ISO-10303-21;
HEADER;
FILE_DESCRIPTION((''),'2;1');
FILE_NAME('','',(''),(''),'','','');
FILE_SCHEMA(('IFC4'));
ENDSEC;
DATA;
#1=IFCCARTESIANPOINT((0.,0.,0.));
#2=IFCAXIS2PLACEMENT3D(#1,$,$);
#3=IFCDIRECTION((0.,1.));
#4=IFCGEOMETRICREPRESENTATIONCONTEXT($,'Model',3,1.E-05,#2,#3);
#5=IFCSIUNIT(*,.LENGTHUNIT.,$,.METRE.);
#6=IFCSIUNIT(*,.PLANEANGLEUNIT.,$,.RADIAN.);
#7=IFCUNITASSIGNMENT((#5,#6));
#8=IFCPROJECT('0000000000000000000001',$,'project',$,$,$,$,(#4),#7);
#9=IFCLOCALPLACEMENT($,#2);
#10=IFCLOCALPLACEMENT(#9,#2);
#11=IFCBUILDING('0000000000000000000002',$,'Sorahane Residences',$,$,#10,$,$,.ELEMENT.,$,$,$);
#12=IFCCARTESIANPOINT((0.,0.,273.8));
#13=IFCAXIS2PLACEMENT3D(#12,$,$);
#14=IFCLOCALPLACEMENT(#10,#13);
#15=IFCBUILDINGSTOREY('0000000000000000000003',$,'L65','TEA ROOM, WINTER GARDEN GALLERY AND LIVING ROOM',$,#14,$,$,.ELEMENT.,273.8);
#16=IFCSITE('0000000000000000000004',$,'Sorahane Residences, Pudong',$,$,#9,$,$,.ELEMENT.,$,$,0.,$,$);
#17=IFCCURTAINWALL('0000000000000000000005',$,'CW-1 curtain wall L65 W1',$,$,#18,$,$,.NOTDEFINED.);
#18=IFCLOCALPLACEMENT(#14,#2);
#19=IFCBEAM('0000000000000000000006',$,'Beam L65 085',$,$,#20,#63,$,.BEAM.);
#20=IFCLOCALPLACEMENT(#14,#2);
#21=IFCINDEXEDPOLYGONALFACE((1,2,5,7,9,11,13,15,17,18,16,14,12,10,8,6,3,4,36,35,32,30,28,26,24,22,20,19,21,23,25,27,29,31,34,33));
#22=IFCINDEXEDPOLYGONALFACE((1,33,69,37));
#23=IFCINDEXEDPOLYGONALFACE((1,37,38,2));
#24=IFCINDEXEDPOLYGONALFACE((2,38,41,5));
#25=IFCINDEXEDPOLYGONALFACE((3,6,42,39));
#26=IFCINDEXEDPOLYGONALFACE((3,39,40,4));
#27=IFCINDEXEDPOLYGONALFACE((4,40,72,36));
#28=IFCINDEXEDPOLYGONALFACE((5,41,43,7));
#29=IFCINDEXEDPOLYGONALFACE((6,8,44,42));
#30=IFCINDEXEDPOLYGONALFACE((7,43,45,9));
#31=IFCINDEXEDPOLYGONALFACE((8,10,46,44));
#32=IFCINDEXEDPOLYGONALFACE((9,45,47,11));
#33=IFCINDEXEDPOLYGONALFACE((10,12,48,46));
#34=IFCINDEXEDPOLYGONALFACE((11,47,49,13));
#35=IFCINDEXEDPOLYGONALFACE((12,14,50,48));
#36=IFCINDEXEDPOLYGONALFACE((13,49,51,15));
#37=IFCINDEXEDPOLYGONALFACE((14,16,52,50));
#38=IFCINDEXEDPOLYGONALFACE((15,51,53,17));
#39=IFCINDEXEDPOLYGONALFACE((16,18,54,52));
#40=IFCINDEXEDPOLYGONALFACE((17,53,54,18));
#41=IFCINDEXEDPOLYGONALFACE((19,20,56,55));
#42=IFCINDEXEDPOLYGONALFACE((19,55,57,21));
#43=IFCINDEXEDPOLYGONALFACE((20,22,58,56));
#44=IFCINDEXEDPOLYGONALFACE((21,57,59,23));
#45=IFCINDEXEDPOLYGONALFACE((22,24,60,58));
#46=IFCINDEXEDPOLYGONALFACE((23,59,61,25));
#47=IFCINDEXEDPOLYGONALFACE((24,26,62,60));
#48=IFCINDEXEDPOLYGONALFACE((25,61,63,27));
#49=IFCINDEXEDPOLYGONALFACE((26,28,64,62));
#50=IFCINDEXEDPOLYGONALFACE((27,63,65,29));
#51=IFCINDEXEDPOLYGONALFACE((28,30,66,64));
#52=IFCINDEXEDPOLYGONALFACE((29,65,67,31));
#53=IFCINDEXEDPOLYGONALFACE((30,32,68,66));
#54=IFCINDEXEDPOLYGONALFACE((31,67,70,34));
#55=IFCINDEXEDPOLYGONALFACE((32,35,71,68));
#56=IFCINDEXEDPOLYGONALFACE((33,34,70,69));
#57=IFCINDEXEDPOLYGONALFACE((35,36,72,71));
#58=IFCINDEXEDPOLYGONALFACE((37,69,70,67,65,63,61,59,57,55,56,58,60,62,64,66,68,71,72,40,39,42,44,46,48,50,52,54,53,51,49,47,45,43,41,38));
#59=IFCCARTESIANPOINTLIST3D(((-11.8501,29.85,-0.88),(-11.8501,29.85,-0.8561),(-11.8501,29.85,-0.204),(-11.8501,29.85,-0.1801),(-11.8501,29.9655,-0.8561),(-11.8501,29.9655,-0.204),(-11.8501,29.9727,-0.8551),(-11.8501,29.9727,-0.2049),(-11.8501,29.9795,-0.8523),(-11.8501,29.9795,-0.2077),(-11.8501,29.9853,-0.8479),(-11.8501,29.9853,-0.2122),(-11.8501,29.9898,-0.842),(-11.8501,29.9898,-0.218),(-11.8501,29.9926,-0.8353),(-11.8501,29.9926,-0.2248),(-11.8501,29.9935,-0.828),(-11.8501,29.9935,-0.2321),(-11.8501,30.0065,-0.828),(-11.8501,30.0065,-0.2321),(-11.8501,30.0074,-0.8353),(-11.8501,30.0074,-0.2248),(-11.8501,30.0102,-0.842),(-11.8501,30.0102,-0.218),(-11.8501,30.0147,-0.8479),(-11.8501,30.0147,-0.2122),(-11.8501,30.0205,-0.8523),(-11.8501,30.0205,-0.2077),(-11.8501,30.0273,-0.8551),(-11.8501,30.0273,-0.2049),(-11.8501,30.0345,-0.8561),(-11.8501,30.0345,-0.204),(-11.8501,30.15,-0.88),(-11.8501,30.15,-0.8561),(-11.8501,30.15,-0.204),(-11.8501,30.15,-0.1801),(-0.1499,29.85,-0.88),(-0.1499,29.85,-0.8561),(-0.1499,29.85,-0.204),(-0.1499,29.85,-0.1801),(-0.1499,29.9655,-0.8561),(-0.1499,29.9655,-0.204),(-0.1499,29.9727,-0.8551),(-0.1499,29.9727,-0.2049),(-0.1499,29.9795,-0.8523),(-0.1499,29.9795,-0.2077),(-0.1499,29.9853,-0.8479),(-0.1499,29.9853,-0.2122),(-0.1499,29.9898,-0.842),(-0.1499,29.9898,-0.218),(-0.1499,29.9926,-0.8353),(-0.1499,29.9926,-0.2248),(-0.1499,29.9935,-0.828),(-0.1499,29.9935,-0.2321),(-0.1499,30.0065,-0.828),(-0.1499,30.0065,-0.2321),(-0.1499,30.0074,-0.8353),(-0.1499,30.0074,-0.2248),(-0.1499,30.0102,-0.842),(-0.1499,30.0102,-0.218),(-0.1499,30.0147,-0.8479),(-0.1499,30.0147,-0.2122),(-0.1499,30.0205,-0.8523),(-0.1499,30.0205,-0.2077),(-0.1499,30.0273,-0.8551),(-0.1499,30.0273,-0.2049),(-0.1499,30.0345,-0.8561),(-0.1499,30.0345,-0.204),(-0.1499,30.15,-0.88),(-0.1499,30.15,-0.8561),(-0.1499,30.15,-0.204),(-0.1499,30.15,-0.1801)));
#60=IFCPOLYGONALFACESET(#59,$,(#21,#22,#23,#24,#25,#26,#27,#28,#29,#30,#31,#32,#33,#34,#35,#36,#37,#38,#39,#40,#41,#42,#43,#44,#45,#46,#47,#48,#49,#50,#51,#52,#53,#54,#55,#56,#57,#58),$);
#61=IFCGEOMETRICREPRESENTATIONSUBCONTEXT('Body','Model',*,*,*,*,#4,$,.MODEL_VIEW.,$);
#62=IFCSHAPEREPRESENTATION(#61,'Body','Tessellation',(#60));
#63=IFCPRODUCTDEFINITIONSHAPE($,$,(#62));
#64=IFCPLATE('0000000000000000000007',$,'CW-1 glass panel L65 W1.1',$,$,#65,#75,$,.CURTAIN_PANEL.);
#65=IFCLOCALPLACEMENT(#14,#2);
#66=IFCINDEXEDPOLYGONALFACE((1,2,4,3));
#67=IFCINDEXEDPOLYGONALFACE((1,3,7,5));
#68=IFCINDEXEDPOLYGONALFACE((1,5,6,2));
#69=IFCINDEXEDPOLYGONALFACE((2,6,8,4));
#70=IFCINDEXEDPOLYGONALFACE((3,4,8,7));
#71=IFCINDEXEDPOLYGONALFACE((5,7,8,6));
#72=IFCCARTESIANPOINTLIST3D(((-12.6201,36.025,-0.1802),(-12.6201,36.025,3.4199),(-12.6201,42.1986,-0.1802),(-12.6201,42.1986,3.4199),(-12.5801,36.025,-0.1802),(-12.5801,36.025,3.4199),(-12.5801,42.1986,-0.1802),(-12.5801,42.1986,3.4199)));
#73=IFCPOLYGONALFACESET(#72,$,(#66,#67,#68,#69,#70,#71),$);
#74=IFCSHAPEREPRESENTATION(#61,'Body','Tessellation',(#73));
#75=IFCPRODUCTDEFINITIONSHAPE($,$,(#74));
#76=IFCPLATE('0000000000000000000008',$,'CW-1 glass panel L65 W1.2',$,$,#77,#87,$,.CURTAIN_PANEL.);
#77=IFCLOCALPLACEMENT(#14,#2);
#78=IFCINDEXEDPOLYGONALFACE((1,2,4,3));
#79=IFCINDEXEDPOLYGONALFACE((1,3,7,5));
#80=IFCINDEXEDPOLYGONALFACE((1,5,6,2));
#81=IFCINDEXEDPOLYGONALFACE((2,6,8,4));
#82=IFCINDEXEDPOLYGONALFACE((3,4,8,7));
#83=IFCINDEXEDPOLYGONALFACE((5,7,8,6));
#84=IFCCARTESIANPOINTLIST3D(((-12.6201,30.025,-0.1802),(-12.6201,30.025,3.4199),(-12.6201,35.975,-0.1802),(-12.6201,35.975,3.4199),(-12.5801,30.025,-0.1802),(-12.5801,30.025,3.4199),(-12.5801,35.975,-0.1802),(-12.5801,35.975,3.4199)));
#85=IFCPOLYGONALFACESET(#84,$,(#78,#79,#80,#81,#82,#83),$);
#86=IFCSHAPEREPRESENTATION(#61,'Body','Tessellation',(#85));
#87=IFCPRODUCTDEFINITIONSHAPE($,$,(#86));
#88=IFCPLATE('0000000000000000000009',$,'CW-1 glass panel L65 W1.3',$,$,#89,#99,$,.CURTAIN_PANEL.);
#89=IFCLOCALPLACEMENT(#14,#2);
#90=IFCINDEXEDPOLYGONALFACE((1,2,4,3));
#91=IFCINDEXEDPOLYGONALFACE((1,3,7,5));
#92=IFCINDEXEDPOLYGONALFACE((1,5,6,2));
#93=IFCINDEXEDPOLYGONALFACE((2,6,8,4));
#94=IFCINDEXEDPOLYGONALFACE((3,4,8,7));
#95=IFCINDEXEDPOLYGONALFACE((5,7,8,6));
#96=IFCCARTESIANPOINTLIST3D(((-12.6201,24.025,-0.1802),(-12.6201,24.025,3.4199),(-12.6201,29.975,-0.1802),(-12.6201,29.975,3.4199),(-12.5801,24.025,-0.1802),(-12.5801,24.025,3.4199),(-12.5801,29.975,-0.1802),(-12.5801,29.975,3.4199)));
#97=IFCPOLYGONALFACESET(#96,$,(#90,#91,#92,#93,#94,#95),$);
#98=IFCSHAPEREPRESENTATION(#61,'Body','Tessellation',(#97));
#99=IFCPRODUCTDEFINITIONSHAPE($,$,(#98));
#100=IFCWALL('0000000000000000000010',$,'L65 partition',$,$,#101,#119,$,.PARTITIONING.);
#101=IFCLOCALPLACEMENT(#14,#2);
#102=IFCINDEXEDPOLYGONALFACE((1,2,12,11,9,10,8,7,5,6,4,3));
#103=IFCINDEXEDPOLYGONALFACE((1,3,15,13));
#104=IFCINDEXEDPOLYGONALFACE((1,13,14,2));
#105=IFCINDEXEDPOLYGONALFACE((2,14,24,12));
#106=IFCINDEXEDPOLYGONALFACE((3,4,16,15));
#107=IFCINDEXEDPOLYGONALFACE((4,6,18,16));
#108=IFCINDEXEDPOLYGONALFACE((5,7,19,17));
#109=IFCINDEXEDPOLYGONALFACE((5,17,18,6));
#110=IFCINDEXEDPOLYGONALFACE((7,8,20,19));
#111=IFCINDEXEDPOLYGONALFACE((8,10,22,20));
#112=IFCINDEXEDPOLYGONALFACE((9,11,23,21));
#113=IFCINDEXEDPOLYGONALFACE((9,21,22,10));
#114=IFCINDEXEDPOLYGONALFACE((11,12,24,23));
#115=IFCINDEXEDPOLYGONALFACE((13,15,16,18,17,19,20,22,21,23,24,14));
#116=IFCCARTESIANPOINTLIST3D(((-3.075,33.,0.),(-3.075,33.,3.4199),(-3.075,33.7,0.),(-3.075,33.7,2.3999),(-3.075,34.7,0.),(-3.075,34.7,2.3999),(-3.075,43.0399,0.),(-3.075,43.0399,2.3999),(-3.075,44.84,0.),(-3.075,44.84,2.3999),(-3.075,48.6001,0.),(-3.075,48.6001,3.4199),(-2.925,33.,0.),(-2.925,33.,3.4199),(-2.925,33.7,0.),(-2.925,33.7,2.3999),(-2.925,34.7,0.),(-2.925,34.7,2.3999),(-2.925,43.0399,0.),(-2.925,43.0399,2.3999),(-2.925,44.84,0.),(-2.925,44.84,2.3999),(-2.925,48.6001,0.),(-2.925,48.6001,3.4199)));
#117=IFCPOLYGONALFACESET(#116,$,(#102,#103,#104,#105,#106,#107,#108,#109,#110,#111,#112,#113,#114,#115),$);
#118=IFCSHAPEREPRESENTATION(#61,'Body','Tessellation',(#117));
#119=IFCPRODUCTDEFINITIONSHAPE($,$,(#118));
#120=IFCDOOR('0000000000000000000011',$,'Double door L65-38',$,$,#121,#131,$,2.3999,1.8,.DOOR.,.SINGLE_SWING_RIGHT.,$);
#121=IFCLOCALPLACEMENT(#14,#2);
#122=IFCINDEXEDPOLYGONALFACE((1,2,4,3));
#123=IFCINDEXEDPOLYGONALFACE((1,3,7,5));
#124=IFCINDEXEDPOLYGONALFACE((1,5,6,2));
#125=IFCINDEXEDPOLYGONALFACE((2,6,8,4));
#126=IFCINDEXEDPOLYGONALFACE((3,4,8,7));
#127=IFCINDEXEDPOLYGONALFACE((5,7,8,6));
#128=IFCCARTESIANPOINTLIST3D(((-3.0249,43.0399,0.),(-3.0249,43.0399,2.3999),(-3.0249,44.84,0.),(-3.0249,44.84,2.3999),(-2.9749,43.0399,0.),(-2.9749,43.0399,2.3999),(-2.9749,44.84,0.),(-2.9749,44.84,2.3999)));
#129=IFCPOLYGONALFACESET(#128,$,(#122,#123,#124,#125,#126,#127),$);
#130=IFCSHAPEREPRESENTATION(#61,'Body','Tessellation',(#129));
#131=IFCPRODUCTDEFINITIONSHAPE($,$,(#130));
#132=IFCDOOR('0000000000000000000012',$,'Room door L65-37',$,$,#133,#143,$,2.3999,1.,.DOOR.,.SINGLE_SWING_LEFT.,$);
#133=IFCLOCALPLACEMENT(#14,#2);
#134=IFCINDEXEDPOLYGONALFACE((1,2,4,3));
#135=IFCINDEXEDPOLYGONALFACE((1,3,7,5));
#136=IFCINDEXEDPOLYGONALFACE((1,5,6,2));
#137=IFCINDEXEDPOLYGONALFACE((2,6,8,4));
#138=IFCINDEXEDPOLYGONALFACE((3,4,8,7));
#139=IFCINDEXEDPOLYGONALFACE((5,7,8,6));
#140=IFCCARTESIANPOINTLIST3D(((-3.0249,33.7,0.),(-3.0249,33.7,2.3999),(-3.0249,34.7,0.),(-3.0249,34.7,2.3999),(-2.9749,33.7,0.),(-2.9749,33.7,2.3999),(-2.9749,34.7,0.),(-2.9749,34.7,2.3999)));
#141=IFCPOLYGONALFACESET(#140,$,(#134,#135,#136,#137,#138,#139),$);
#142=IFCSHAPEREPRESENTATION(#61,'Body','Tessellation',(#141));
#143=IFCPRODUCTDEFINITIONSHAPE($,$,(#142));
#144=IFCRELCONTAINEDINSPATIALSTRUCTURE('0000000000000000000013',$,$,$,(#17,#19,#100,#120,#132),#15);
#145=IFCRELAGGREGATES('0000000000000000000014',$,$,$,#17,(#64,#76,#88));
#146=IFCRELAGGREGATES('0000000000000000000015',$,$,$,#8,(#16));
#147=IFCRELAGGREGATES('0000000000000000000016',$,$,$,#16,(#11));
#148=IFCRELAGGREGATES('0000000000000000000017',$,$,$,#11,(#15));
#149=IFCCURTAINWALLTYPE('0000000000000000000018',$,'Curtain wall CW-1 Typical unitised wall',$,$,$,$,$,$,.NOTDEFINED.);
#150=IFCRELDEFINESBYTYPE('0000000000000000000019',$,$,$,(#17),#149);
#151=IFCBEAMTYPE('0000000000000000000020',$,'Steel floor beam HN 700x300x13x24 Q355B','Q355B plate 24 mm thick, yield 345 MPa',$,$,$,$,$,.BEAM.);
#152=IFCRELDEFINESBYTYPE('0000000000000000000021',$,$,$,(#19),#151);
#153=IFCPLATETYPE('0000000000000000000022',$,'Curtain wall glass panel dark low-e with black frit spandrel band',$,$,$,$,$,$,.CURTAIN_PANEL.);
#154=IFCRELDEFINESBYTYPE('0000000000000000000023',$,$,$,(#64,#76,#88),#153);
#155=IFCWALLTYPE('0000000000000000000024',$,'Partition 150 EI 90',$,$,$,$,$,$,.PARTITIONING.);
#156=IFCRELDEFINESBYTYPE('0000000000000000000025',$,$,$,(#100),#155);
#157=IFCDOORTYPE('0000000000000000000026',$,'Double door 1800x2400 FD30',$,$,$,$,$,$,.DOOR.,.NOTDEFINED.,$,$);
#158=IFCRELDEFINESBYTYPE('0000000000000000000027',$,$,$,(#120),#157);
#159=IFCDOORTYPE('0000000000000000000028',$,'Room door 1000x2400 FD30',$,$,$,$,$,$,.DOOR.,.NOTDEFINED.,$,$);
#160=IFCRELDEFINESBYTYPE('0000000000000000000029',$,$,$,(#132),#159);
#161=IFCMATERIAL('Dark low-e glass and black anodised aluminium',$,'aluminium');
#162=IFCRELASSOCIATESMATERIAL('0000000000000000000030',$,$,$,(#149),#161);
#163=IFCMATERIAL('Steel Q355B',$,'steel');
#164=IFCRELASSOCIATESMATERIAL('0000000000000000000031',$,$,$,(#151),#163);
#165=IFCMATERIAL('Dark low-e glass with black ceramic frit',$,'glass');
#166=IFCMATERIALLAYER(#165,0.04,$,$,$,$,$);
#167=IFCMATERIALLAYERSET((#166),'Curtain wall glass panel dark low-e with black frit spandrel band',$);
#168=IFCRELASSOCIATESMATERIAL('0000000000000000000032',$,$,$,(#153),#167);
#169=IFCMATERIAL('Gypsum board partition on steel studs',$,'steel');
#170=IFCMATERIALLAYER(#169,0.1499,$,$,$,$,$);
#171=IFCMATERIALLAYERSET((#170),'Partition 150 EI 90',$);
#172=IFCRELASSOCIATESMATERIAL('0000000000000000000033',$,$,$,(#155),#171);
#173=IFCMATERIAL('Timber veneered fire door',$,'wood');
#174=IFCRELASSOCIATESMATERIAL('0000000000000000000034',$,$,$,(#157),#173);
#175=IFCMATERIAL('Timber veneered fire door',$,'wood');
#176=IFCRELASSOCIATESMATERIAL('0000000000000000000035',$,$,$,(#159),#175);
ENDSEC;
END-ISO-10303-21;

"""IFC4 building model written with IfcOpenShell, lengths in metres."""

from ifc_helpers import new_model, si_unit, direction, frame, frame_2d, origin, origin_2d, place, context, subcontext, project, spatial, rectangle, i_section, extrude, material, layer, layer_set, material_profile, profile_set, type_object, element, fill, aggregate, save


model = new_model("IFC4")

# Units and contexts
model_context = context("Model", 3, precision=1e-05, world=origin(), true_north=direction((0.0, 1.0)))
body_context = subcontext(model_context, "Body", "Model", "MODEL_VIEW")
ifc_project = project(units=[si_unit("LENGTHUNIT", "METRE"), si_unit("PLANEANGLEUNIT", "RADIAN")], contexts=[model_context])

# Site, building, storey
site_placement = place(None, origin())
site = spatial("IfcSite", under=ifc_project, at=site_placement, Name="Sorahane Residences, Pudong", CompositionType="ELEMENT", RefElevation=0.0)
building_placement = place(site_placement, origin())
building = spatial("IfcBuilding", under=site, at=building_placement, Name="Sorahane Residences", CompositionType="ELEMENT")
storey_placement = place(building_placement, frame((0.0, 0.0, 273.8)))
storey = spatial("IfcBuildingStorey", under=building, at=storey_placement, Name="L65", Description="TEA ROOM, WINTER GARDEN GALLERY AND LIVING ROOM", CompositionType="ELEMENT", Elevation=273.8)

# Curtain wall
ifc_material_1 = material(Name="Dark low-e glass and black anodised aluminium", Category="aluminium")
curtain_wall_type = type_object("IfcCurtainWallType", Name="Curtain wall CW-1 Typical unitised wall", PredefinedType="NOTDEFINED", material=ifc_material_1)
curtain_wall_placement = place(storey_placement, origin())
curtain_wall = element("IfcCurtainWall", 1, at=curtain_wall_placement, inside=storey, type_object=curtain_wall_type, Name="CW-1 curtain wall L65 W1", PredefinedType="NOTDEFINED")

# Beam
ifc_material_2 = material(Name="Steel Q355B", Category="steel")
ifc_material_profile_1 = material_profile(ifc_material_2, i_section(OverallWidth=0.3, OverallDepth=0.7, WebThickness=0.0129, FlangeThickness=0.0239, FilletRadius=0.0281, at=origin_2d()), Name="HN 700x300x13x24")
ifc_profile_set_1 = profile_set([ifc_material_profile_1], Name="Steel Q355B")
beam_type_1 = type_object("IfcBeamType", Name="Steel floor beam HN 700x300x13x24 Q355B", Description="Q355B plate 24 mm thick, yield 345 MPa", PredefinedType="BEAM", material=ifc_profile_set_1)
beam_1_placement = place(storey_placement, frame((-11.8501, 30.0, -0.53), z_axis=(1.0, 0.0, 0.0), x_axis=(0.0, 1.0, 0.0)))
element("IfcBeam", 2, at=beam_1_placement, inside=storey, type_object=beam_type_1, Name="Beam L65 085", PredefinedType="BEAM", context=body_context, shape_type="SweptSolid", body=[
    extrude(i_section(OverallWidth=0.3, OverallDepth=0.7, WebThickness=0.0129, FlangeThickness=0.0239, FilletRadius=0.0281, at=origin_2d()), origin(), (0.0, 0.0, 1.0), 11.7002),
])

# Plates
ifc_material_3 = material(Name="Dark low-e glass with black ceramic frit", Category="glass")
ifc_layer_1 = layer(ifc_material_3, 0.04)
ifc_layer_set_1 = layer_set([ifc_layer_1], Name="Curtain wall glass panel dark low-e with black frit spandrel band")
plate_type = type_object("IfcPlateType", Name="Curtain wall glass panel dark low-e with black frit spandrel band", PredefinedType="CURTAIN_PANEL", material=ifc_layer_set_1)
plate_1_placement = place(storey_placement, frame((-12.6001, 39.1118, -0.1802), z_axis=(0.0, 0.0, 1.0), x_axis=(0.0, -1.0, 0.0)))
plate_1 = element("IfcPlate", 3, at=plate_1_placement, type_object=plate_type, Name="CW-1 glass panel L65 W1.1", PredefinedType="CURTAIN_PANEL", context=body_context, shape_type="SweptSolid", body=[
    extrude(rectangle(XDim=6.1736, YDim=0.04, at=origin_2d()), origin(), (0.0, 0.0, 1.0), 3.6001),
])
plate_2_placement = place(storey_placement, frame((-12.6001, 33.0, -0.1802), z_axis=(0.0, 0.0, 1.0), x_axis=(0.0, -1.0, 0.0)))
plate_2 = element("IfcPlate", 4, at=plate_2_placement, type_object=plate_type, Name="CW-1 glass panel L65 W1.2", PredefinedType="CURTAIN_PANEL", context=body_context, shape_type="SweptSolid", body=[
    extrude(rectangle(XDim=5.95, YDim=0.04, at=origin_2d()), origin(), (0.0, 0.0, 1.0), 3.6001),
])
plate_3_placement = place(storey_placement, frame((-12.6001, 27.0, -0.1802), z_axis=(0.0, 0.0, 1.0), x_axis=(0.0, -1.0, 0.0)))
plate_3 = element("IfcPlate", 5, at=plate_3_placement, type_object=plate_type, Name="CW-1 glass panel L65 W1.3", PredefinedType="CURTAIN_PANEL", context=body_context, shape_type="SweptSolid", body=[
    extrude(rectangle(XDim=5.95, YDim=0.04, at=origin_2d()), origin(), (0.0, 0.0, 1.0), 3.6001),
])
aggregate(curtain_wall, [plate_1, plate_2, plate_3])

# Wall, openings, doors
ifc_material_4 = material(Name="Gypsum board partition on steel studs", Category="steel")
ifc_layer_2 = layer(ifc_material_4, 0.1499)
ifc_layer_set_2 = layer_set([ifc_layer_2], Name="Partition 150 EI 90")
wall_type_1 = type_object("IfcWallType", Name="Partition 150 EI 90", PredefinedType="PARTITIONING", material=ifc_layer_set_2)
wall_1_placement = place(storey_placement, frame((-3.0, 33.0, 0.0), z_axis=(0.0, 0.0, 1.0), x_axis=(0.0, 1.0, 0.0)))
wall_1 = element("IfcWall", 6, at=wall_1_placement, inside=storey, type_object=wall_type_1, Name="L65 partition", PredefinedType="PARTITIONING", context=body_context, shape_type="SweptSolid", body=[
    extrude(rectangle(XDim=15.6001, YDim=0.1499, at=frame_2d((7.8, 0.0))), origin(), (0.0, 0.0, 1.0), 3.4199),
])
opening_1_placement = place(wall_1_placement, frame((0.7, 0.0, 0.0)))
opening_1 = element("IfcOpeningElement", 7, at=opening_1_placement, cuts=wall_1, PredefinedType="OPENING", context=body_context, shape_type="SweptSolid", body=[
    extrude(rectangle(XDim=1.0, YDim=2.3999, at=frame_2d((0.5, 1.2))), frame((0.0, 0.085, 0.0), z_axis=(0.0, -1.0, 0.0), x_axis=(1.0, 0.0, 0.0)), (0.0, 0.0, 1.0), 0.1699),
])
opening_2_placement = place(wall_1_placement, frame((10.04, 0.0, 0.0)))
opening_2 = element("IfcOpeningElement", 8, at=opening_2_placement, cuts=wall_1, PredefinedType="OPENING", context=body_context, shape_type="SweptSolid", body=[
    extrude(rectangle(XDim=1.8, YDim=2.3999, at=frame_2d((0.8999, 1.2))), frame((0.0, 0.085, 0.0), z_axis=(0.0, -1.0, 0.0), x_axis=(1.0, 0.0, 0.0)), (0.0, 0.0, 1.0), 0.1699),
])
ifc_material_5 = material(Name="Timber veneered fire door", Category="wood")
door_type_1 = type_object("IfcDoorType", Name="Double door 1800x2400 FD30", OperationType="NOTDEFINED", PredefinedType="DOOR", material=ifc_material_5)
door_1_placement = place(opening_2_placement, origin())
door_1 = element("IfcDoor", 9, at=door_1_placement, inside=storey, type_object=door_type_1, Name="Double door L65-38", OperationType="SINGLE_SWING_RIGHT", OverallHeight=2.3999, OverallWidth=1.8, PredefinedType="DOOR", context=body_context, shape_type="SweptSolid", body=[
    extrude(rectangle(XDim=1.8, YDim=2.3999, at=frame_2d((0.8999, 1.2))), frame((0.0, 0.0249, 0.0), z_axis=(0.0, -1.0, 0.0), x_axis=(1.0, 0.0, 0.0)), (0.0, 0.0, 1.0), 0.05),
])
fill(opening_2, door_1)
ifc_material_6 = material(Name="Timber veneered fire door", Category="wood")
door_type_2 = type_object("IfcDoorType", Name="Room door 1000x2400 FD30", OperationType="NOTDEFINED", PredefinedType="DOOR", material=ifc_material_6)
door_2_placement = place(opening_1_placement, origin())
door_2 = element("IfcDoor", 10, at=door_2_placement, inside=storey, type_object=door_type_2, Name="Room door L65-37", OperationType="SINGLE_SWING_LEFT", OverallHeight=2.3999, OverallWidth=1.0, PredefinedType="DOOR", context=body_context, shape_type="SweptSolid", body=[
    extrude(rectangle(XDim=1.0, YDim=2.3999, at=frame_2d((0.5, 1.2))), frame((0.0, 0.0249, 0.0), z_axis=(0.0, -1.0, 0.0), x_axis=(1.0, 0.0, 0.0)), (0.0, 0.0, 1.0), 0.05),
])
fill(opening_1, door_2)

save(model, "model.ifc")
